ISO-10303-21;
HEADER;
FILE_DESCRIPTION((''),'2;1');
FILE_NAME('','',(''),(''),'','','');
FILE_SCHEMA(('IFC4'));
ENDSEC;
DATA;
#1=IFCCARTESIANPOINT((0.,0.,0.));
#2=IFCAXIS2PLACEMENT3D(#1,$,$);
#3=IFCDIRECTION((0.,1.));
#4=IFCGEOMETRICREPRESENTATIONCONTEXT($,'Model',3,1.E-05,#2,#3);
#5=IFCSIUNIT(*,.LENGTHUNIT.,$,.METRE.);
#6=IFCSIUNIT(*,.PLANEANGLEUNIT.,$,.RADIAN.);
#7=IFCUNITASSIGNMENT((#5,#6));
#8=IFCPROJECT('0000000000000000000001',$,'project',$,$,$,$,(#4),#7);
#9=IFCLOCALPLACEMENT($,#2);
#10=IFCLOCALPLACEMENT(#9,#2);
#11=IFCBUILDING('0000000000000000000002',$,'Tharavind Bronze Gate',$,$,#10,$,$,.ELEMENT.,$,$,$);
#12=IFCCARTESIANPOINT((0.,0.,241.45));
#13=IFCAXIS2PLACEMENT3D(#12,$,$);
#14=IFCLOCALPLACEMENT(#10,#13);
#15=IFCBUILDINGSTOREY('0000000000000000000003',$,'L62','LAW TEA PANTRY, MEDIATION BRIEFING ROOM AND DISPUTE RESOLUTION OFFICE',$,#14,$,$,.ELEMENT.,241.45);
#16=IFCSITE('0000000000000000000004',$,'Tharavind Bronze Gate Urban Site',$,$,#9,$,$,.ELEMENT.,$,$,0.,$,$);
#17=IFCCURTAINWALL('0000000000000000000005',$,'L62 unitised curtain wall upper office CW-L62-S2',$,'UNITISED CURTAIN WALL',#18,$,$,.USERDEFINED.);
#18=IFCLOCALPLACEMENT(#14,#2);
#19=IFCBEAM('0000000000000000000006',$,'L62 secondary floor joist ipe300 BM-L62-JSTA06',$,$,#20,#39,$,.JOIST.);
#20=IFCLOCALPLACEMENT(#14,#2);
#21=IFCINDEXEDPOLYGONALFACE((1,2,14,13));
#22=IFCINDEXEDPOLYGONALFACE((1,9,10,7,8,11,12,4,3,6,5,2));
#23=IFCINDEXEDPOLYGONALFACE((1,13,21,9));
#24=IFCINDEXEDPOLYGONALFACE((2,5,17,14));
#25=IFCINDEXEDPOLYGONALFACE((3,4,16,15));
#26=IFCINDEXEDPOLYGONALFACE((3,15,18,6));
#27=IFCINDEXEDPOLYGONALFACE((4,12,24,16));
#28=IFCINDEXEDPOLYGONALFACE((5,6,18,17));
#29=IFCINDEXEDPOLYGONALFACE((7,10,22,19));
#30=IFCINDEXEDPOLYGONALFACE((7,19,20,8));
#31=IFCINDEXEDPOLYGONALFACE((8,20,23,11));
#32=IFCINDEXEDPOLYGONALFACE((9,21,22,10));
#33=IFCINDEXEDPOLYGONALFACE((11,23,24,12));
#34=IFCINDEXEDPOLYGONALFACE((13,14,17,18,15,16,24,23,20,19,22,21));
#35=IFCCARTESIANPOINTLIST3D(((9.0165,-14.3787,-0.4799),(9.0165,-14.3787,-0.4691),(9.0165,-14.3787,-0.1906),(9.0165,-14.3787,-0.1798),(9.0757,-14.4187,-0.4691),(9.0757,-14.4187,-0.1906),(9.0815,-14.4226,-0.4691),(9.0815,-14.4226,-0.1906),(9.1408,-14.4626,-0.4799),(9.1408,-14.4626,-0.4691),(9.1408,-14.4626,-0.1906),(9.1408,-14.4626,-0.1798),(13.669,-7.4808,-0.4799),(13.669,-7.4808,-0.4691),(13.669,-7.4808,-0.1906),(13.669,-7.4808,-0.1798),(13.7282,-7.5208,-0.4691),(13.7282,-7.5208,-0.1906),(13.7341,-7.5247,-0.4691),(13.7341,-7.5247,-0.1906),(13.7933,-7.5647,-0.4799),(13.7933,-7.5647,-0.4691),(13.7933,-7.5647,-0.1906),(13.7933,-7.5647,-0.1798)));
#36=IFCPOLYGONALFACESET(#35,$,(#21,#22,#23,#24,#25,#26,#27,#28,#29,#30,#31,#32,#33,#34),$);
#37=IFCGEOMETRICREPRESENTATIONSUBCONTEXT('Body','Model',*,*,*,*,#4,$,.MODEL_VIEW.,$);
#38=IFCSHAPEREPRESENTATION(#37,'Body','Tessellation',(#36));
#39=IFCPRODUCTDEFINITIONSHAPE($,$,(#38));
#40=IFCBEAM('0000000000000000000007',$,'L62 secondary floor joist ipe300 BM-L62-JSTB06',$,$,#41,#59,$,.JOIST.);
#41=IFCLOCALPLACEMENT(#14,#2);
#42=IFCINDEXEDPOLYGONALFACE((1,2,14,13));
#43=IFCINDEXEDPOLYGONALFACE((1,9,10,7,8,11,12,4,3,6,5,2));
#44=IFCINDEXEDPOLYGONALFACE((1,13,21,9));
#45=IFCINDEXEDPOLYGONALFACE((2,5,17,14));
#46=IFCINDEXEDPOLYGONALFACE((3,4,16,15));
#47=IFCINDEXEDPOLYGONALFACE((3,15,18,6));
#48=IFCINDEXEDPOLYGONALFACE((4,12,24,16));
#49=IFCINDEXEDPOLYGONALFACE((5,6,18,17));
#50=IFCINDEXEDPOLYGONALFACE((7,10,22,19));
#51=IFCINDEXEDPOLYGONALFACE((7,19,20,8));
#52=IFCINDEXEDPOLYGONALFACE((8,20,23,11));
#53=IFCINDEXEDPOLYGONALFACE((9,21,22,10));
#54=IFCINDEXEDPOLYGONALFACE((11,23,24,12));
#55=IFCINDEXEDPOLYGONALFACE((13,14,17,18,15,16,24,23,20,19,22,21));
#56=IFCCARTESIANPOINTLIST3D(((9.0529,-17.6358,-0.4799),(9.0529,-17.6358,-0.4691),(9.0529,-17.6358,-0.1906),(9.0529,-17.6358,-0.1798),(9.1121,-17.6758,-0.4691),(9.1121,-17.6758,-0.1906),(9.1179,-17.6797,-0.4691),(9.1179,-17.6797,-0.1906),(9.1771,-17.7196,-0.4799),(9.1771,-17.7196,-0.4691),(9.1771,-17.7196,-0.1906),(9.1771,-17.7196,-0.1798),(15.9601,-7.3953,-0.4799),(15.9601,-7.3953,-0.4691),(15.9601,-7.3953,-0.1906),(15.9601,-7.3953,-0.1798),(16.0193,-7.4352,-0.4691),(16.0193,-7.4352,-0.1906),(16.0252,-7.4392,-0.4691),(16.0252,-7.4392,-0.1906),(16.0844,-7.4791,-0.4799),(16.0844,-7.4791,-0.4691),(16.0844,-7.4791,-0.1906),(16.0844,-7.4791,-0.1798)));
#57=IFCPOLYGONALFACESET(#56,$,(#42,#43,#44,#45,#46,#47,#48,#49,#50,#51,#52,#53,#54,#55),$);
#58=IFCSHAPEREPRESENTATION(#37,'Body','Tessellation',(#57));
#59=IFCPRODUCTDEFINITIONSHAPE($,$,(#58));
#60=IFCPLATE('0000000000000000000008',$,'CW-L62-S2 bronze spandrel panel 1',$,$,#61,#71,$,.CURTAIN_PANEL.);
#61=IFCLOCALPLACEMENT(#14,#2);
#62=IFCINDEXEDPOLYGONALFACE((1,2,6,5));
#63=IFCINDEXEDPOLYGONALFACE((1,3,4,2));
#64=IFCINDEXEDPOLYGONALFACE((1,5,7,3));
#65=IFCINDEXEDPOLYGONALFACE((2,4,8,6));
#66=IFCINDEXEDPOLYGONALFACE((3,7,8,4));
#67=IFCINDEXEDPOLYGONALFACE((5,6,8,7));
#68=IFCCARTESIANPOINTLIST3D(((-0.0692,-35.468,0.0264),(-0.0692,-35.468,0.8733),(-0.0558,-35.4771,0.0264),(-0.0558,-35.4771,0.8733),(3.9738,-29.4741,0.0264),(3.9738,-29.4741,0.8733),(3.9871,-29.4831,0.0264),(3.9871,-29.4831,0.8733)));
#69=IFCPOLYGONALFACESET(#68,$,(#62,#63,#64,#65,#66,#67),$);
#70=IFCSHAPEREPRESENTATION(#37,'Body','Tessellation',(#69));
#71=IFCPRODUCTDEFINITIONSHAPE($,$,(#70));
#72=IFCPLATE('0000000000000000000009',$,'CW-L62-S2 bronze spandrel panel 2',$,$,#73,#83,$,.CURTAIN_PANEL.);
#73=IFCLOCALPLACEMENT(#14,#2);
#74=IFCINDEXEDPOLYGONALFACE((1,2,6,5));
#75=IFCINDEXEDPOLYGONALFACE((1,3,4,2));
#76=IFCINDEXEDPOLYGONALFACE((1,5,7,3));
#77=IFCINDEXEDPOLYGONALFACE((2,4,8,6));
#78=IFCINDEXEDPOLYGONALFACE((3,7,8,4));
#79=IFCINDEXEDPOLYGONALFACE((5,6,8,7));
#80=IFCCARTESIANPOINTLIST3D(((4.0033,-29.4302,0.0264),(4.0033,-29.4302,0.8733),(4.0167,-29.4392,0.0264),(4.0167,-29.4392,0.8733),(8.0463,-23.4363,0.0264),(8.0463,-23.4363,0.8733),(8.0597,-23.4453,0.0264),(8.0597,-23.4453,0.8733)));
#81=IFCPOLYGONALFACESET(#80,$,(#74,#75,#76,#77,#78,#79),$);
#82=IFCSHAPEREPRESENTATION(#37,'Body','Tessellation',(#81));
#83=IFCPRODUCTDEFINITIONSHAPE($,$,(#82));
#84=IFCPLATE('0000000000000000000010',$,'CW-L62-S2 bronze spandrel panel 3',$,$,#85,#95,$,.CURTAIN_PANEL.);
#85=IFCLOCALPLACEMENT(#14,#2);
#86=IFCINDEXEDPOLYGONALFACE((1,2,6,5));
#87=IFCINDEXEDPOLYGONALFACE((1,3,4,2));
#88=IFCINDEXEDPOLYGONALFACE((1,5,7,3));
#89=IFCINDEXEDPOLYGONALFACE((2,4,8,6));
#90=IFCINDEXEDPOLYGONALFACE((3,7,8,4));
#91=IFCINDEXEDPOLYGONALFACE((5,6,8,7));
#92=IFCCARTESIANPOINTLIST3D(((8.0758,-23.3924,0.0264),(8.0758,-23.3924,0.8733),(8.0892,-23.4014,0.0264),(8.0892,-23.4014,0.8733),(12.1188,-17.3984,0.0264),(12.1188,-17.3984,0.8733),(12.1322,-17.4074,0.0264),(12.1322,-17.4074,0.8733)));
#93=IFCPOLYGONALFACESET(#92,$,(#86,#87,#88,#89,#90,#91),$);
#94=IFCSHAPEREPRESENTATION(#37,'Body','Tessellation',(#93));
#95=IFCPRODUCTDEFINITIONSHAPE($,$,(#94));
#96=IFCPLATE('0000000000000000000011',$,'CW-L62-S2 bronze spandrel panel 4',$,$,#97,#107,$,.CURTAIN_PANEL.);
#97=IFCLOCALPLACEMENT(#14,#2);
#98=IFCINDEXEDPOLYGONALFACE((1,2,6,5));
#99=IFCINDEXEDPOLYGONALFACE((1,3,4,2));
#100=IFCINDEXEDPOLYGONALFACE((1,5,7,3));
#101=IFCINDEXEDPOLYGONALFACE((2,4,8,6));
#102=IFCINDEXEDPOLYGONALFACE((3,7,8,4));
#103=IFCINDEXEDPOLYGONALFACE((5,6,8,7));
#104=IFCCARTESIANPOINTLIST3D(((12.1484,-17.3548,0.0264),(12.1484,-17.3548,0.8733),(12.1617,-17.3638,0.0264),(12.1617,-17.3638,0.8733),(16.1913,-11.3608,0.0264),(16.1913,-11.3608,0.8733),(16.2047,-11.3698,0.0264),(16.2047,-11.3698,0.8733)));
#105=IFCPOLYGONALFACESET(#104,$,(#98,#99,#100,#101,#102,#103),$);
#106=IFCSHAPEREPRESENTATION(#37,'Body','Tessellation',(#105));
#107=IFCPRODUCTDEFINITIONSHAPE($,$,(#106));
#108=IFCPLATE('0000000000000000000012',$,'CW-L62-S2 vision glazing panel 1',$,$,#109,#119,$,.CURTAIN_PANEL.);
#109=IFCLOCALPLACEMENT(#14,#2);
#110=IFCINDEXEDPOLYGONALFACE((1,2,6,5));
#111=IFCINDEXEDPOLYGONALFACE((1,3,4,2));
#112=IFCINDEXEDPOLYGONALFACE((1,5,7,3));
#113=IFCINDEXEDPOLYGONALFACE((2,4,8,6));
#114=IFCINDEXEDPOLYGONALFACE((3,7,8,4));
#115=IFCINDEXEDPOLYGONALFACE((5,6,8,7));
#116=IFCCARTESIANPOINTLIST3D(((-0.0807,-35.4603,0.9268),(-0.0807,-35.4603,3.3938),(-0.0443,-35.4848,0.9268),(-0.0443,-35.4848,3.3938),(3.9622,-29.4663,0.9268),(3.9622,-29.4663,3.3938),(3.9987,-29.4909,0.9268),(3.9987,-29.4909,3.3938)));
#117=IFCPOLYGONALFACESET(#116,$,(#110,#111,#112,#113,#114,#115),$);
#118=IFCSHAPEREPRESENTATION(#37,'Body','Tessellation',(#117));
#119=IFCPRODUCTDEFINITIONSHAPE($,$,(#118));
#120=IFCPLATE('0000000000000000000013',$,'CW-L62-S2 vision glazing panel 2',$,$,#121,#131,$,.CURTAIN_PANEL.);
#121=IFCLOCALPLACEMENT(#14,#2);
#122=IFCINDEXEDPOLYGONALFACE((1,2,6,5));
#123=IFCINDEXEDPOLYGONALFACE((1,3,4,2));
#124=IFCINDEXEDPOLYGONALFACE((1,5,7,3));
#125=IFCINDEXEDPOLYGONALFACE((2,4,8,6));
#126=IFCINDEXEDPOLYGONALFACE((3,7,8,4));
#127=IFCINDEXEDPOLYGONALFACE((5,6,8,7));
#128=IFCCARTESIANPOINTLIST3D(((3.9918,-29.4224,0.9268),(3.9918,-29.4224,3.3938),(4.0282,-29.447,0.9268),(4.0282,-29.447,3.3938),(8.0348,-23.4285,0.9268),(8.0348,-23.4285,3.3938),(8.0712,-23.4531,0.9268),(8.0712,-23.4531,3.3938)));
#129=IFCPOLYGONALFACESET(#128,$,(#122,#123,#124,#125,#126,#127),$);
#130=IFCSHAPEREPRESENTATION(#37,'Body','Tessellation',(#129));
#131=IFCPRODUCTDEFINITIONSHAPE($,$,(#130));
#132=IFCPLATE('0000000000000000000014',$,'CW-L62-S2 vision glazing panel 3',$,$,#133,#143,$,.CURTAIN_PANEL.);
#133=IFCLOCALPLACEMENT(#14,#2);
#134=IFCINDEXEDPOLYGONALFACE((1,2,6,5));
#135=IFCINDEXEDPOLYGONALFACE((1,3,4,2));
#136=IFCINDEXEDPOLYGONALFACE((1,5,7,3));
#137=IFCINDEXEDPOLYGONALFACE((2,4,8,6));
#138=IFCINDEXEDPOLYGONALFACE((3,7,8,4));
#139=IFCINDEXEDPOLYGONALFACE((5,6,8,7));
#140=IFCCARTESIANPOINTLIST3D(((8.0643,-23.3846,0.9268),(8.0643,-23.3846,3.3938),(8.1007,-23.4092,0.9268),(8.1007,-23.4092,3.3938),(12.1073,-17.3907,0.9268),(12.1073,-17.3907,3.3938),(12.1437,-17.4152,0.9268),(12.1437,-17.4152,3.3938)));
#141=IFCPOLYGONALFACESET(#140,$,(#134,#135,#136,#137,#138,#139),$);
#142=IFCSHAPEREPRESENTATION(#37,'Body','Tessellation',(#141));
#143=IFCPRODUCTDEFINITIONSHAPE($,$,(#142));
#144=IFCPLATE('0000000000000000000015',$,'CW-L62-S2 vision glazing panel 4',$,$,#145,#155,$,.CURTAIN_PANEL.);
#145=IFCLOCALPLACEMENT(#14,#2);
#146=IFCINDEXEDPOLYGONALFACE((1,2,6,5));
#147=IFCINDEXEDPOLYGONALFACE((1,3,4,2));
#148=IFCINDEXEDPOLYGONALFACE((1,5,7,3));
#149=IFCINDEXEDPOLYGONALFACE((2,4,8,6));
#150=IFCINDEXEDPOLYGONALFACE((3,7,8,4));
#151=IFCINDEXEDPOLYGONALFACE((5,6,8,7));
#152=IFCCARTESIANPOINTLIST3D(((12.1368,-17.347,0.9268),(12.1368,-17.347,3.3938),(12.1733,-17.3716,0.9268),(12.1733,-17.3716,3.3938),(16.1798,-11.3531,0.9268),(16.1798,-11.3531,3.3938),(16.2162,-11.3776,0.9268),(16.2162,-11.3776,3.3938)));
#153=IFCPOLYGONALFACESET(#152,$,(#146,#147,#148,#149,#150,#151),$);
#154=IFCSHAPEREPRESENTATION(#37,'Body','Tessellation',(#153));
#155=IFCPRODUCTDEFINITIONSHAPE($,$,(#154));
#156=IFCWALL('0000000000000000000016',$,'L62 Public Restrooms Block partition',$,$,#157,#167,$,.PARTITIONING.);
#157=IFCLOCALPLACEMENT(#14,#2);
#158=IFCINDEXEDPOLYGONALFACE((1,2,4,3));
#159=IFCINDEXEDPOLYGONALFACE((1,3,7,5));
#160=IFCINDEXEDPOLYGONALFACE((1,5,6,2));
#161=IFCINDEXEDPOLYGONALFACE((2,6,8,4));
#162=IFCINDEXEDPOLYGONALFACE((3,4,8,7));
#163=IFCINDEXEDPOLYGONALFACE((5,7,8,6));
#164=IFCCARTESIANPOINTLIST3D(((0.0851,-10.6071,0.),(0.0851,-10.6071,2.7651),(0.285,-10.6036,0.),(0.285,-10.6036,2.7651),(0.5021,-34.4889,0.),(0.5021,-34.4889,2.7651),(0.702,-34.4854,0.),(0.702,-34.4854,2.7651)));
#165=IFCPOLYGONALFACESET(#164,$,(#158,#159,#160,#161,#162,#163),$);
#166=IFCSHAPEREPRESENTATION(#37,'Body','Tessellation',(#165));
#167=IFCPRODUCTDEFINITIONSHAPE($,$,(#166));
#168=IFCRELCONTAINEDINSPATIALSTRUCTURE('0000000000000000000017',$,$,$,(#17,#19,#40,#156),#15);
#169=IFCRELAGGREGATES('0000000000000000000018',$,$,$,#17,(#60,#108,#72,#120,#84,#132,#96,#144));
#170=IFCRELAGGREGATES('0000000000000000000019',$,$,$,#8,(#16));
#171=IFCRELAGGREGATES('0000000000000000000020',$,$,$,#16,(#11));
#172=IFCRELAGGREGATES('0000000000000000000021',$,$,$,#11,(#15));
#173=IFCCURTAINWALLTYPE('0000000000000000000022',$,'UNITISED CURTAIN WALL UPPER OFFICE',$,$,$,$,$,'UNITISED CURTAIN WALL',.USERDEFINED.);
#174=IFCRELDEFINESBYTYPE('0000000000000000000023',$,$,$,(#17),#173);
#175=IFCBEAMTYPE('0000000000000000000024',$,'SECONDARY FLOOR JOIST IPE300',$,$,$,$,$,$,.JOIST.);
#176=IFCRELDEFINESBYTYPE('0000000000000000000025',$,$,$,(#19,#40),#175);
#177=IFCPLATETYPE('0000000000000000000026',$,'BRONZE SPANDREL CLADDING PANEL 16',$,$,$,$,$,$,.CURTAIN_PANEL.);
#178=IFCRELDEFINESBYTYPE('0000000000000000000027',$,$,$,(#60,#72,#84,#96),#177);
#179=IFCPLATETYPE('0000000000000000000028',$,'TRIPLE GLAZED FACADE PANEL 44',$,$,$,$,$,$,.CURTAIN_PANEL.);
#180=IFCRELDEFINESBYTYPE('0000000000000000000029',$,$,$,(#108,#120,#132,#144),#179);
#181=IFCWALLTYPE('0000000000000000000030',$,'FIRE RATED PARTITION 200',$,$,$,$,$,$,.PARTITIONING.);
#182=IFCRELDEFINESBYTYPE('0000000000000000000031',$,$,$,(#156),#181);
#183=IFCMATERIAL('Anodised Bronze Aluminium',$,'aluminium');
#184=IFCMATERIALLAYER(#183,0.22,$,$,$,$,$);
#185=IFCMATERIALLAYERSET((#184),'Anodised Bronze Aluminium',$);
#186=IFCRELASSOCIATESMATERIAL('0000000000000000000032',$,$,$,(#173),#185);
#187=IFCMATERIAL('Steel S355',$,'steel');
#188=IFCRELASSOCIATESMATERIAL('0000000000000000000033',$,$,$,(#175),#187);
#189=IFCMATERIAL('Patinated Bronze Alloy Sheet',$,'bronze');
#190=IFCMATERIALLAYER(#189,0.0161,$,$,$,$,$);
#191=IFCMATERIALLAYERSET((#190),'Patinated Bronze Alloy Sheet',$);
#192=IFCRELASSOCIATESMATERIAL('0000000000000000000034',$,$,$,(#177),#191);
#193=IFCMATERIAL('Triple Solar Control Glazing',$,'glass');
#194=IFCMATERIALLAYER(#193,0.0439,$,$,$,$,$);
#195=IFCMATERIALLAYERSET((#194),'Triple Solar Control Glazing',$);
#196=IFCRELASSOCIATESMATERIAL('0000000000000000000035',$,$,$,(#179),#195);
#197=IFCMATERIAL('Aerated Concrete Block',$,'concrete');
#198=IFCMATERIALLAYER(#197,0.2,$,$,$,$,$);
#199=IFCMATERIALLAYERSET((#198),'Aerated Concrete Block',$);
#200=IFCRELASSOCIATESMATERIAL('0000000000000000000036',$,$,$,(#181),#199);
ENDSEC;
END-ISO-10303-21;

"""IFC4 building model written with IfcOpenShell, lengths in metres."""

from ifc_helpers import new_model, si_unit, direction, frame, frame_2d, origin, origin_2d, place, context, subcontext, project, spatial, rectangle, i_section, extrude, material, layer, layer_set, material_profile, profile_set, type_object, element, aggregate, save


model = new_model("IFC4")

# Units and contexts
model_context = context("Model", 3, precision=1e-05, world=origin(), true_north=direction((0.0, 1.0)))
body_context = subcontext(model_context, "Body", "Model", "MODEL_VIEW")
ifc_project = project(units=[si_unit("LENGTHUNIT", "METRE"), si_unit("PLANEANGLEUNIT", "RADIAN")], contexts=[model_context])

# Site, building, storey
site_placement = place(None, origin())
site = spatial("IfcSite", under=ifc_project, at=site_placement, Name="Tharavind Bronze Gate Urban Site", CompositionType="ELEMENT", RefElevation=0.0)
building_placement = place(site_placement, origin())
building = spatial("IfcBuilding", under=site, at=building_placement, Name="Tharavind Bronze Gate", CompositionType="ELEMENT")
storey_placement = place(building_placement, frame((0.0, 0.0, 241.45)))
storey = spatial("IfcBuildingStorey", under=building, at=storey_placement, Name="L62", Description="LAW TEA PANTRY, MEDIATION BRIEFING ROOM AND DISPUTE RESOLUTION OFFICE", CompositionType="ELEMENT", Elevation=241.45)

# Curtain wall
ifc_material_1 = material(Name="Anodised Bronze Aluminium", Category="aluminium")
ifc_layer_1 = layer(ifc_material_1, 0.22)
ifc_layer_set_1 = layer_set([ifc_layer_1], Name="Anodised Bronze Aluminium")
curtain_wall_type = type_object("IfcCurtainWallType", Name="UNITISED CURTAIN WALL UPPER OFFICE", ElementType="UNITISED CURTAIN WALL", PredefinedType="USERDEFINED", material=ifc_layer_set_1)
curtain_wall_placement = place(storey_placement, origin())
curtain_wall = element("IfcCurtainWall", 1, at=curtain_wall_placement, inside=storey, type_object=curtain_wall_type, Name="L62 unitised curtain wall upper office CW-L62-S2", ObjectType="UNITISED CURTAIN WALL", PredefinedType="USERDEFINED")

# Beams
ifc_material_2 = material(Name="Steel S355", Category="steel")
ifc_material_profile_1 = material_profile(ifc_material_2, i_section(OverallWidth=0.1499, OverallDepth=0.3, WebThickness=0.0071, FlangeThickness=0.0107, at=origin_2d()), Name="IPE300")
ifc_profile_set_1 = profile_set([ifc_material_profile_1], Name="Steel S355")
beam_type_1 = type_object("IfcBeamType", Name="SECONDARY FLOOR JOIST IPE300", PredefinedType="JOIST", material=ifc_profile_set_1)
beam_1_placement = place(storey_placement, frame((9.0786, -14.4207, -0.3298), z_axis=(0.559182, 0.829045, 0.0), x_axis=(-0.829045, 0.559182, 0.0)))
element("IfcBeam", 2, at=beam_1_placement, inside=storey, type_object=beam_type_1, Name="L62 secondary floor joist ipe300 BM-L62-JSTA06", PredefinedType="JOIST", context=body_context, shape_type="SweptSolid", body=[
    extrude(i_section(OverallWidth=0.1499, OverallDepth=0.3, WebThickness=0.0071, FlangeThickness=0.0107, at=origin_2d()), origin(), (0.0, 0.0, 1.0), 8.3203),
])
beam_2_placement = place(storey_placement, frame((9.115, -17.6777, -0.3298), z_axis=(0.559189, 0.82904, 0.0), x_axis=(-0.82904, 0.559189, 0.0)))
element("IfcBeam", 3, at=beam_2_placement, inside=storey, type_object=beam_type_1, Name="L62 secondary floor joist ipe300 BM-L62-JSTB06", PredefinedType="JOIST", context=body_context, shape_type="SweptSolid", body=[
    extrude(i_section(OverallWidth=0.1499, OverallDepth=0.3, WebThickness=0.0071, FlangeThickness=0.0107, at=origin_2d()), origin(), (0.0, 0.0, 1.0), 12.3523),
])

# Plates
ifc_material_3 = material(Name="Patinated Bronze Alloy Sheet", Category="bronze")
ifc_layer_2 = layer(ifc_material_3, 0.0161)
ifc_layer_set_2 = layer_set([ifc_layer_2], Name="Patinated Bronze Alloy Sheet")
plate_type_1 = type_object("IfcPlateType", Name="BRONZE SPANDREL CLADDING PANEL 16", PredefinedType="CURTAIN_PANEL", material=ifc_layer_set_2)
plate_1_placement = place(storey_placement, frame((1.959, -32.4756, 0.0264), z_axis=(0.0, 0.0, 1.0), x_axis=(0.559193, 0.829038, 0.0)))
plate_1 = element("IfcPlate", 4, at=plate_1_placement, type_object=plate_type_1, Name="CW-L62-S2 bronze spandrel panel 1", PredefinedType="CURTAIN_PANEL", context=body_context, shape_type="SweptSolid", body=[
    extrude(rectangle(XDim=7.23, YDim=0.0161, at=origin_2d()), origin(), (0.0, 0.0, 1.0), 0.8469),
])
plate_2_placement = place(storey_placement, frame((6.0315, -26.4377, 0.0264), z_axis=(0.0, 0.0, 1.0), x_axis=(0.559193, 0.829038, 0.0)))
plate_2 = element("IfcPlate", 5, at=plate_2_placement, type_object=plate_type_1, Name="CW-L62-S2 bronze spandrel panel 2", PredefinedType="CURTAIN_PANEL", context=body_context, shape_type="SweptSolid", body=[
    extrude(rectangle(XDim=7.23, YDim=0.0161, at=origin_2d()), origin(), (0.0, 0.0, 1.0), 0.8469),
])
plate_3_placement = place(storey_placement, frame((10.104, -20.3999, 0.0264), z_axis=(0.0, 0.0, 1.0), x_axis=(0.559193, 0.829038, 0.0)))
plate_3 = element("IfcPlate", 6, at=plate_3_placement, type_object=plate_type_1, Name="CW-L62-S2 bronze spandrel panel 3", PredefinedType="CURTAIN_PANEL", context=body_context, shape_type="SweptSolid", body=[
    extrude(rectangle(XDim=7.23, YDim=0.0161, at=origin_2d()), origin(), (0.0, 0.0, 1.0), 0.8469),
])
plate_4_placement = place(storey_placement, frame((14.1765, -14.3623, 0.0264), z_axis=(0.0, 0.0, 1.0), x_axis=(0.559193, 0.829038, 0.0)))
plate_4 = element("IfcPlate", 7, at=plate_4_placement, type_object=plate_type_1, Name="CW-L62-S2 bronze spandrel panel 4", PredefinedType="CURTAIN_PANEL", context=body_context, shape_type="SweptSolid", body=[
    extrude(rectangle(XDim=7.23, YDim=0.0161, at=origin_2d()), origin(), (0.0, 0.0, 1.0), 0.8469),
])
ifc_material_4 = material(Name="Triple Solar Control Glazing", Category="glass")
ifc_layer_3 = layer(ifc_material_4, 0.0439)
ifc_layer_set_3 = layer_set([ifc_layer_3], Name="Triple Solar Control Glazing")
plate_type_2 = type_object("IfcPlateType", Name="TRIPLE GLAZED FACADE PANEL 44", PredefinedType="CURTAIN_PANEL", material=ifc_layer_set_3)
plate_5_placement = place(storey_placement, frame((1.959, -32.4756, 0.9268), z_axis=(0.0, 0.0, 1.0), x_axis=(0.559193, 0.829038, 0.0)))
plate_5 = element("IfcPlate", 8, at=plate_5_placement, type_object=plate_type_2, Name="CW-L62-S2 vision glazing panel 1", PredefinedType="CURTAIN_PANEL", context=body_context, shape_type="SweptSolid", body=[
    extrude(rectangle(XDim=7.23, YDim=0.0439, at=origin_2d()), origin(), (0.0, 0.0, 1.0), 2.467),
])
plate_6_placement = place(storey_placement, frame((6.0315, -26.4377, 0.9268), z_axis=(0.0, 0.0, 1.0), x_axis=(0.559193, 0.829038, 0.0)))
plate_6 = element("IfcPlate", 9, at=plate_6_placement, type_object=plate_type_2, Name="CW-L62-S2 vision glazing panel 2", PredefinedType="CURTAIN_PANEL", context=body_context, shape_type="SweptSolid", body=[
    extrude(rectangle(XDim=7.23, YDim=0.0439, at=origin_2d()), origin(), (0.0, 0.0, 1.0), 2.467),
])
plate_7_placement = place(storey_placement, frame((10.104, -20.3999, 0.9268), z_axis=(0.0, 0.0, 1.0), x_axis=(0.559193, 0.829038, 0.0)))
plate_7 = element("IfcPlate", 10, at=plate_7_placement, type_object=plate_type_2, Name="CW-L62-S2 vision glazing panel 3", PredefinedType="CURTAIN_PANEL", context=body_context, shape_type="SweptSolid", body=[
    extrude(rectangle(XDim=7.23, YDim=0.0439, at=origin_2d()), origin(), (0.0, 0.0, 1.0), 2.467),
])
plate_8_placement = place(storey_placement, frame((14.1765, -14.3623, 0.9268), z_axis=(0.0, 0.0, 1.0), x_axis=(0.559193, 0.829038, 0.0)))
plate_8 = element("IfcPlate", 11, at=plate_8_placement, type_object=plate_type_2, Name="CW-L62-S2 vision glazing panel 4", PredefinedType="CURTAIN_PANEL", context=body_context, shape_type="SweptSolid", body=[
    extrude(rectangle(XDim=7.23, YDim=0.0439, at=origin_2d()), origin(), (0.0, 0.0, 1.0), 2.467),
])
aggregate(curtain_wall, [plate_1, plate_5, plate_2, plate_6, plate_3, plate_7, plate_4, plate_8])

# Wall
ifc_material_5 = material(Name="Aerated Concrete Block", Category="concrete")
ifc_layer_4 = layer(ifc_material_5, 0.2)
ifc_layer_set_4 = layer_set([ifc_layer_4], Name="Aerated Concrete Block")
wall_type = type_object("IfcWallType", Name="FIRE RATED PARTITION 200", PredefinedType="PARTITIONING", material=ifc_layer_set_4)
wall_1_placement = place(storey_placement, frame((0.6021, -34.4873, 0.0), z_axis=(0.0, 0.0, 1.0), x_axis=(-0.017458, 0.999848, 0.0)))
element("IfcWall", 12, at=wall_1_placement, inside=storey, type_object=wall_type, Name="L62 Public Restrooms Block partition", PredefinedType="PARTITIONING", context=body_context, shape_type="SweptSolid", body=[
    extrude(rectangle(XDim=23.8855, YDim=0.2, at=frame_2d((11.9429, 0.0))), origin(), (0.0, 0.0, 1.0), 2.7651),
])

save(model, "model.ifc")
